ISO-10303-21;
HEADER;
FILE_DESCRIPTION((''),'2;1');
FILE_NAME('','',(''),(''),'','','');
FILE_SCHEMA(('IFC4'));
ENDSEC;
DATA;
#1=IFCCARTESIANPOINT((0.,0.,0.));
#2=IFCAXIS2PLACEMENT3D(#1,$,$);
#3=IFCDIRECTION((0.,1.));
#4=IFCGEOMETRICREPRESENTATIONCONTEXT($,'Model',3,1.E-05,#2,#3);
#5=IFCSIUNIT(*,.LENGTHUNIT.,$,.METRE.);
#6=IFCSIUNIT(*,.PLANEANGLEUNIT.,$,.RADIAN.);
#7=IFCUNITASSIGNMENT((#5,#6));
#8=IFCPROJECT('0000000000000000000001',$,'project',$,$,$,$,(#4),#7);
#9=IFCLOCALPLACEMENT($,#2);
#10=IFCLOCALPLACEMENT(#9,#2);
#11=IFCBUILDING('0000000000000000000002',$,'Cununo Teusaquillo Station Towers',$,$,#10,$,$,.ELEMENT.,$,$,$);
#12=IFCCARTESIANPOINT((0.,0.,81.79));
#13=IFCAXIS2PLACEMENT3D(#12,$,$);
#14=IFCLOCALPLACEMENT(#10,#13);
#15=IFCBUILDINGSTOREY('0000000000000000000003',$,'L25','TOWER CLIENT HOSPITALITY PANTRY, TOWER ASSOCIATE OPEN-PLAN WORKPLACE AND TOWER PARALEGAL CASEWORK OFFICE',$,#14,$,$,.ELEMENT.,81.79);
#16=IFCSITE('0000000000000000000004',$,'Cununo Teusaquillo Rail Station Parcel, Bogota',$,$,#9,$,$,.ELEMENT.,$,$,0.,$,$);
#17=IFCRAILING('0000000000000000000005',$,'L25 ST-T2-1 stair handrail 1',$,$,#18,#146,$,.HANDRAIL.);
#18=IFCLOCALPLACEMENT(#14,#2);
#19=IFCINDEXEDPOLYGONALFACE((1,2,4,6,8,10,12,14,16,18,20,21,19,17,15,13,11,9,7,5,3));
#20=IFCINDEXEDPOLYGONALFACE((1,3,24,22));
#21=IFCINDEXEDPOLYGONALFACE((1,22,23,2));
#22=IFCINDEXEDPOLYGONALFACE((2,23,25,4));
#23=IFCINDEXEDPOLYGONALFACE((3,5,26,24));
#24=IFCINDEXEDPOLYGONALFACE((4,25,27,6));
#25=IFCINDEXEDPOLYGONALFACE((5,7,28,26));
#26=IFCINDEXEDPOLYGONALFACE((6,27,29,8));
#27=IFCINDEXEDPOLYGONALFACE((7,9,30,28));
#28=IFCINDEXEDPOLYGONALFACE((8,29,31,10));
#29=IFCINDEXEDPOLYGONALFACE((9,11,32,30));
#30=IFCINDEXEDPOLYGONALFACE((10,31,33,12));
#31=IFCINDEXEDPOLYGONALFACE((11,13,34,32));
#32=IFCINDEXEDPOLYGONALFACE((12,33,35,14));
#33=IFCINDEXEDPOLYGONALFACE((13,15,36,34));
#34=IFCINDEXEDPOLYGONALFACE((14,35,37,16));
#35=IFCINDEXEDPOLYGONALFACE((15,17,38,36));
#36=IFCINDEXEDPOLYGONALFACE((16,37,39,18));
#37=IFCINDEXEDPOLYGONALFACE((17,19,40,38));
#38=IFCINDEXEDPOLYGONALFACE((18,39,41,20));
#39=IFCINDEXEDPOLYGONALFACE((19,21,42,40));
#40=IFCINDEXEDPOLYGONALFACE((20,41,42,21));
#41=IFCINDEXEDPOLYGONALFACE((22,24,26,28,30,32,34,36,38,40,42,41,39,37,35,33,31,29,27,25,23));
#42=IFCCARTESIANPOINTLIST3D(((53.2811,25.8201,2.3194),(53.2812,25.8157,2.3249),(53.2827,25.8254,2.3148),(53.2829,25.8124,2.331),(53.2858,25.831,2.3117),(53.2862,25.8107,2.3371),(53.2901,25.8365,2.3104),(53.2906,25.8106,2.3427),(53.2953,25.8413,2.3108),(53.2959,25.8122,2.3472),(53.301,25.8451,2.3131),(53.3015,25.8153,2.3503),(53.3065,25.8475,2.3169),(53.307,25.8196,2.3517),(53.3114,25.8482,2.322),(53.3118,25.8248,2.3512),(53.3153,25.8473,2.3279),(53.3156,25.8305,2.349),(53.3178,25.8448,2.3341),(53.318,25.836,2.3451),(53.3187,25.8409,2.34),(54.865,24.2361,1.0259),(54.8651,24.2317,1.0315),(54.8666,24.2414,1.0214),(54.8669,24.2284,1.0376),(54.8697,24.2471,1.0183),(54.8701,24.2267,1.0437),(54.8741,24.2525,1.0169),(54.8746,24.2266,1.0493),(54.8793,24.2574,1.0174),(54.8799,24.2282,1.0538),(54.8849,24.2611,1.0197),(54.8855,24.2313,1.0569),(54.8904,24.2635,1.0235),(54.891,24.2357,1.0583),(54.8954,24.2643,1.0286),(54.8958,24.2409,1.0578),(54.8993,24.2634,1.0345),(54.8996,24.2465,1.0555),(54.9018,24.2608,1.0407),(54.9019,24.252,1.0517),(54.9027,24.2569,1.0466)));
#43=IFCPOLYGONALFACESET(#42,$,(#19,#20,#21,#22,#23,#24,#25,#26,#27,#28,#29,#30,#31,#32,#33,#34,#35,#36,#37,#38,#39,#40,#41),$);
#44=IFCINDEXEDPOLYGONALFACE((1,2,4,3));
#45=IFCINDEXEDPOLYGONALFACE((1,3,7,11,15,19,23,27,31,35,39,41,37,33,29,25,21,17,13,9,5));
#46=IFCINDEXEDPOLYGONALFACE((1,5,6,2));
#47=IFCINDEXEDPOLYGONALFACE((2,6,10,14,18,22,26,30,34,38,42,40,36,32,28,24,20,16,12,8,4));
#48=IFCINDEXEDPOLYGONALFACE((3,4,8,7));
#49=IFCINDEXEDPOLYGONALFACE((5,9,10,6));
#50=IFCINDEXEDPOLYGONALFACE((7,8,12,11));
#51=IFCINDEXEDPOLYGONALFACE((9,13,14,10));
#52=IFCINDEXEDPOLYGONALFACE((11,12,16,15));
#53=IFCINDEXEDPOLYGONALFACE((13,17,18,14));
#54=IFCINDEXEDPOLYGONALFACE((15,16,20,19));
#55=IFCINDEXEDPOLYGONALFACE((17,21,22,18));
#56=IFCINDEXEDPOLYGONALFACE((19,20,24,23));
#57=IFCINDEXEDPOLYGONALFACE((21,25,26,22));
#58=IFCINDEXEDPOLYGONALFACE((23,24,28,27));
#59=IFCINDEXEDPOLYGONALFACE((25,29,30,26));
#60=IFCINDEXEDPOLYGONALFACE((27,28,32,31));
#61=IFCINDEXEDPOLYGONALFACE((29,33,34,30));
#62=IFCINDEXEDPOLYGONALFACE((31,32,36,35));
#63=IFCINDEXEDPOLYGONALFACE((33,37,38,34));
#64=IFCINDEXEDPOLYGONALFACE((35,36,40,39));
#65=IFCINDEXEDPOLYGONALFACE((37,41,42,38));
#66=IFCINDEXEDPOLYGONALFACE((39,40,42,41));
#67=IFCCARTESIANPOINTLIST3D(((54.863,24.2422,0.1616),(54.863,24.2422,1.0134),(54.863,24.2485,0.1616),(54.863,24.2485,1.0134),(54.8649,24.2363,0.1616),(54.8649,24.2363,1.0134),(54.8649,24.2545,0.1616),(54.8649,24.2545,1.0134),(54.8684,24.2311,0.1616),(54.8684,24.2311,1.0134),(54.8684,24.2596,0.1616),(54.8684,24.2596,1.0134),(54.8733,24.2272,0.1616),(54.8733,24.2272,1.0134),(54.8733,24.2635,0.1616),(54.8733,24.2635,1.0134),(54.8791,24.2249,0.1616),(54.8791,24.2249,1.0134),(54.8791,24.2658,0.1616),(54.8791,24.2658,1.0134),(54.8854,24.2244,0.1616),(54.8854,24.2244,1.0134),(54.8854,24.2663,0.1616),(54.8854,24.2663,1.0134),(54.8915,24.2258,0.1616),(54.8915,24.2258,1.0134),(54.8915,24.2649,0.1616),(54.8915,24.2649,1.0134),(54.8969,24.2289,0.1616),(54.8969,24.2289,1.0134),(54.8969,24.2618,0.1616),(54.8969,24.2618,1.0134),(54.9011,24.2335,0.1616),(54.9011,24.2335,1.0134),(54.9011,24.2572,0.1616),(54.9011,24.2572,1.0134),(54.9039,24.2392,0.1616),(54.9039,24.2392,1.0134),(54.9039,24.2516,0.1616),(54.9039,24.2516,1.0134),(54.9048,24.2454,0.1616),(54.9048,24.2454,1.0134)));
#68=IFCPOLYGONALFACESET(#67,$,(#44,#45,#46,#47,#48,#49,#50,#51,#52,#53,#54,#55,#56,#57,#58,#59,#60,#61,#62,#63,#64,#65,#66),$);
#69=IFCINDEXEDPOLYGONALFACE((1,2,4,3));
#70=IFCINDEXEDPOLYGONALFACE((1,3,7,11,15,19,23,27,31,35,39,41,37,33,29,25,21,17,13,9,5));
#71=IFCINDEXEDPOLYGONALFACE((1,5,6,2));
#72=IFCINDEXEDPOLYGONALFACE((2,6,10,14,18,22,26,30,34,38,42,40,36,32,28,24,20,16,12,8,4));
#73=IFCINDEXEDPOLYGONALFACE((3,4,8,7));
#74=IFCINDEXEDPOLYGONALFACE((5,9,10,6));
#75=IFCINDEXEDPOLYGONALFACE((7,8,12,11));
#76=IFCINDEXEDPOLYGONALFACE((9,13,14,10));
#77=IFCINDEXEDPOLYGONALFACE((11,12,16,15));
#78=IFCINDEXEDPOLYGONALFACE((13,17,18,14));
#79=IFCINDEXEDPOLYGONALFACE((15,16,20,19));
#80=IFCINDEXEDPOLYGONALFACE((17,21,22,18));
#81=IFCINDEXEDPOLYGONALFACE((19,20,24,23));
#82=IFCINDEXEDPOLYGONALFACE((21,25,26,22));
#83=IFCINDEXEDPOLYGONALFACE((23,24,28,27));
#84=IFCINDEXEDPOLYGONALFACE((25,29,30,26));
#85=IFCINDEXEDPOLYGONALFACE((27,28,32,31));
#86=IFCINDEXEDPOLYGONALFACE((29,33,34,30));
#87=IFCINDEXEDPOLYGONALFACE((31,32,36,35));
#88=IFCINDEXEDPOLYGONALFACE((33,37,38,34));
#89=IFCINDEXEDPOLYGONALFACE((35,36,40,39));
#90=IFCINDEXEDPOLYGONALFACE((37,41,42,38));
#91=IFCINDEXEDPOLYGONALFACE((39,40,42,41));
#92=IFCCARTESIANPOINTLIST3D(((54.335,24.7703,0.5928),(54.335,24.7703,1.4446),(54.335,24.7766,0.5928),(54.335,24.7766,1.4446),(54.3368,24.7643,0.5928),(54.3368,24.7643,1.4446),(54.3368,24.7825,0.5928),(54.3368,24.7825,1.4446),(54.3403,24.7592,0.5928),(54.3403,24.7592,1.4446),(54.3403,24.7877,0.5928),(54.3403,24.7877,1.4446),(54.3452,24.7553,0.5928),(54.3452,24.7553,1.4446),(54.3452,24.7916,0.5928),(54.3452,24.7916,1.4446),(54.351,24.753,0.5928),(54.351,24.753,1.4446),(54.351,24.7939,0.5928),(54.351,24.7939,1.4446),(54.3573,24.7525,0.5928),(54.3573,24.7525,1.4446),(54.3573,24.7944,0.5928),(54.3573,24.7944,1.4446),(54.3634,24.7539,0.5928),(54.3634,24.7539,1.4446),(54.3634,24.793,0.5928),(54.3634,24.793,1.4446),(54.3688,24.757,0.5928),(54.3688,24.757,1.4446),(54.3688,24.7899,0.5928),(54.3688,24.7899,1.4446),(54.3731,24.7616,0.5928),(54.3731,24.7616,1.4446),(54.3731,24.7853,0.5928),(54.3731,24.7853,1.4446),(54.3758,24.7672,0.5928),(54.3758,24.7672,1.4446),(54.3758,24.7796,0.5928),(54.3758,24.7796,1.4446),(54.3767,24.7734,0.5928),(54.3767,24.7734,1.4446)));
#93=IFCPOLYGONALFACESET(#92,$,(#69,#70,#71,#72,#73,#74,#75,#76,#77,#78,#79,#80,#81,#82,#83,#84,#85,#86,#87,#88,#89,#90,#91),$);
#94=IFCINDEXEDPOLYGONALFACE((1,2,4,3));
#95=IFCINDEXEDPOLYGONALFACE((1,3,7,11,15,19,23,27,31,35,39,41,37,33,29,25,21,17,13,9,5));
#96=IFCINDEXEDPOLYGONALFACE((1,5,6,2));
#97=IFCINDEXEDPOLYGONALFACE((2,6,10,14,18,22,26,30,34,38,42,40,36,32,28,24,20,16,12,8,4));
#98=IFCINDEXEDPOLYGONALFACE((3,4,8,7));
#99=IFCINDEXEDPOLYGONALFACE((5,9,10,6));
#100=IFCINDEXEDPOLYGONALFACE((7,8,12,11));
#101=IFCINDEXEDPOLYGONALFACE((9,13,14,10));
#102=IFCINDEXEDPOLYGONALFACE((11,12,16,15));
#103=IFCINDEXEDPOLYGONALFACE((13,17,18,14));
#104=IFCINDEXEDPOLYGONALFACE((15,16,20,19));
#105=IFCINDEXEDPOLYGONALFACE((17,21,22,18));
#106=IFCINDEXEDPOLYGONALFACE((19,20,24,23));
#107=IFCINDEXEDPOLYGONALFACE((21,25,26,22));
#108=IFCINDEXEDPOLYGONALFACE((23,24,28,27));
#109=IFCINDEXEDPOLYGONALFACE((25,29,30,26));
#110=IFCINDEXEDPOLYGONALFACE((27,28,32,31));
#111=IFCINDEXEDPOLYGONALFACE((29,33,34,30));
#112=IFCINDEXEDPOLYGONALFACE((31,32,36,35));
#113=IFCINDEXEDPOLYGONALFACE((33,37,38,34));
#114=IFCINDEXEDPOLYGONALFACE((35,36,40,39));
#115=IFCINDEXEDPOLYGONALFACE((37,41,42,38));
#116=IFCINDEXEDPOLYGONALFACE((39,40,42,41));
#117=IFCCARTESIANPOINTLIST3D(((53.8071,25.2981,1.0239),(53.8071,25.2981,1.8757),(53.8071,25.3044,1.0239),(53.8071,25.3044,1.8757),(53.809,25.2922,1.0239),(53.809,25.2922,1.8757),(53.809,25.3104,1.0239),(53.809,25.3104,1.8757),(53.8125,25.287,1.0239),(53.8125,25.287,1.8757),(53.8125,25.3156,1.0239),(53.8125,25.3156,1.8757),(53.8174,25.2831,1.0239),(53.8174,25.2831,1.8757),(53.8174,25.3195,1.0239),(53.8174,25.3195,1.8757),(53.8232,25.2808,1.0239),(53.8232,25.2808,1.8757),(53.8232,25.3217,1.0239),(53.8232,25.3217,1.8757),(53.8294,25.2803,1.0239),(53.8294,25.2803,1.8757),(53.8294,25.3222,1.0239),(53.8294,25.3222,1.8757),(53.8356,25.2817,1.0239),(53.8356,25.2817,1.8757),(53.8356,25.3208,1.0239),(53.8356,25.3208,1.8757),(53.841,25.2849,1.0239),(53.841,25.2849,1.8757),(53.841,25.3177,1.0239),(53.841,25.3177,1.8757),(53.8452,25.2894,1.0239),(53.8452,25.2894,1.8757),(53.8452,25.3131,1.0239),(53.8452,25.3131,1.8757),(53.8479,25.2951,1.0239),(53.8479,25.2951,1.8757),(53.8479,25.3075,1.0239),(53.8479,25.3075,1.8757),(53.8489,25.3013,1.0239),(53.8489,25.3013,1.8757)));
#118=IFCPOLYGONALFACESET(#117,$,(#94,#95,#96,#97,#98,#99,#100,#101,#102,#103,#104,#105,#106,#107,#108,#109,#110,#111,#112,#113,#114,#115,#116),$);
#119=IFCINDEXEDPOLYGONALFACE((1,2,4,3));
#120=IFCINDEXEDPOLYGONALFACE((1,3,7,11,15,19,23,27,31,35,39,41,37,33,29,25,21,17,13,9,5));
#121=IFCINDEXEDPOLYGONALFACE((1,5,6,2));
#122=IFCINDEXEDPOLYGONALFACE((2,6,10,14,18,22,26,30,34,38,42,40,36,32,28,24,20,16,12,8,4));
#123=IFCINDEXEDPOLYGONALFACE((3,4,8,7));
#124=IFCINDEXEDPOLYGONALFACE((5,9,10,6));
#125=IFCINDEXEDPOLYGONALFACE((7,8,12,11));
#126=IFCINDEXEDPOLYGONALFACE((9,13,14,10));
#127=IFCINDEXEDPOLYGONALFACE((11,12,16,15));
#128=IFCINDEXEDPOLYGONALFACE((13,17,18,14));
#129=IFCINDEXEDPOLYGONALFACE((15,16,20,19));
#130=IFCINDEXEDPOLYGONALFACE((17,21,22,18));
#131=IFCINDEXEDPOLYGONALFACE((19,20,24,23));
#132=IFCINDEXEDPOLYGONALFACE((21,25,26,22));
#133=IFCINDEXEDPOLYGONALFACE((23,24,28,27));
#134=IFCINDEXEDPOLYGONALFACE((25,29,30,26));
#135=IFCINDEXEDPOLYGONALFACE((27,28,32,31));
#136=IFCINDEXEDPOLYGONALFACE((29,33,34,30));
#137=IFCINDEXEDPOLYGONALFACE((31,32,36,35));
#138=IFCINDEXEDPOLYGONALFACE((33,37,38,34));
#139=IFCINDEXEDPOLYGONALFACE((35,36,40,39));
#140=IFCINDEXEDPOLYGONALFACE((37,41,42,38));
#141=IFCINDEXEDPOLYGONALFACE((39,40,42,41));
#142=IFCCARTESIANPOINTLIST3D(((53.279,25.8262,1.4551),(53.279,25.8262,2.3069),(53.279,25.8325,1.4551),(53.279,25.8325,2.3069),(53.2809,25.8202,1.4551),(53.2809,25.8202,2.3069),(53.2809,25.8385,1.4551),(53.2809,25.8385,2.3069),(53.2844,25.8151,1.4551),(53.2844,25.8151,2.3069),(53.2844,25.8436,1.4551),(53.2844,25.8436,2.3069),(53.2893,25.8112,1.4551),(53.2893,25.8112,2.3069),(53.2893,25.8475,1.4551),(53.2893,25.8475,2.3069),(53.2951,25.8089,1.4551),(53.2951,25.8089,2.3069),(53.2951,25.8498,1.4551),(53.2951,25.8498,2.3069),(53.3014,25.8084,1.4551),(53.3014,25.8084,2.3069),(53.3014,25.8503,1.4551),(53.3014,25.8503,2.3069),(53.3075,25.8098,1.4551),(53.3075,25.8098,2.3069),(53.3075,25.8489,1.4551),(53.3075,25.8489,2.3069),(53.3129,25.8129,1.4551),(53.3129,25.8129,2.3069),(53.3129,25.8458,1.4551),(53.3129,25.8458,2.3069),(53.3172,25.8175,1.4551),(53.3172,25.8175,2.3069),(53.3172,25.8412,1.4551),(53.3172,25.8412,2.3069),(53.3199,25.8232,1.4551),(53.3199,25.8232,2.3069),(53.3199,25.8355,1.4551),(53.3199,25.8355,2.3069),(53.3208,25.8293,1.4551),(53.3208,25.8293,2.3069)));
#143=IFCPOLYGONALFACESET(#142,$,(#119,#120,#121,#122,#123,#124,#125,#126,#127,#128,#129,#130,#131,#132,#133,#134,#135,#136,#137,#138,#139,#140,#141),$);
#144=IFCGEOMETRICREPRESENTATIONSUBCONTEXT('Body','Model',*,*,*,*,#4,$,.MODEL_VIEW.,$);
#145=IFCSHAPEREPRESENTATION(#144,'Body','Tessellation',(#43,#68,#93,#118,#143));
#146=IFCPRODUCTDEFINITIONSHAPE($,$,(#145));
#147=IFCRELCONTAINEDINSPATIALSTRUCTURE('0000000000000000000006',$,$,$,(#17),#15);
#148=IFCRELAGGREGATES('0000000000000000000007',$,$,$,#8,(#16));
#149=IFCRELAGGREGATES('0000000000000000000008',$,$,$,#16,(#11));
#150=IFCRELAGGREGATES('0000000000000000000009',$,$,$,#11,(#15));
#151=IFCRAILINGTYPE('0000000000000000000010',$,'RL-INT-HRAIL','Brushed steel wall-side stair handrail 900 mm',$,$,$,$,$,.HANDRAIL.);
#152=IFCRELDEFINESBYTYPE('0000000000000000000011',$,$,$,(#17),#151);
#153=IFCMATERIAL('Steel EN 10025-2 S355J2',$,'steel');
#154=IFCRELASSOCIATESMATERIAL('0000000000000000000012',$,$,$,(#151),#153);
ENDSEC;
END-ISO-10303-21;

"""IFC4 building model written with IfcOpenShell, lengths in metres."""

from ifc_helpers import new_model, si_unit, direction, frame, origin, origin_2d, place, context, subcontext, project, spatial, circle, extrude, material, type_object, element, save


model = new_model("IFC4")

# Units and contexts
model_context = context("Model", 3, precision=1e-05, world=origin(), true_north=direction((0.0, 1.0)))
body_context = subcontext(model_context, "Body", "Model", "MODEL_VIEW")
ifc_project = project(units=[si_unit("LENGTHUNIT", "METRE"), si_unit("PLANEANGLEUNIT", "RADIAN")], contexts=[model_context])

# Site, building, storey
site_placement = place(None, origin())
site = spatial("IfcSite", under=ifc_project, at=site_placement, Name="Cununo Teusaquillo Rail Station Parcel, Bogota", CompositionType="ELEMENT", RefElevation=0.0)
building_placement = place(site_placement, origin())
building = spatial("IfcBuilding", under=site, at=building_placement, Name="Cununo Teusaquillo Station Towers", CompositionType="ELEMENT")
storey_placement = place(building_placement, frame((0.0, 0.0, 81.79)))
storey = spatial("IfcBuildingStorey", under=building, at=storey_placement, Name="L25", Description="TOWER CLIENT HOSPITALITY PANTRY, TOWER ASSOCIATE OPEN-PLAN WORKPLACE AND TOWER PARALEGAL CASEWORK OFFICE", CompositionType="ELEMENT", Elevation=81.79)

# Railing
ifc_material_1 = material(Name="Steel EN 10025-2 S355J2", Category="steel")
railing_type_1 = type_object("IfcRailingType", Name="RL-INT-HRAIL", Description="Brushed steel wall-side stair handrail 900 mm", PredefinedType="HANDRAIL", material=ifc_material_1)
railing_1_placement = place(storey_placement, frame((54.8838, 24.2454, 0.1616)))
element("IfcRailing", 1, at=railing_1_placement, inside=storey, type_object=railing_type_1, Name="L25 ST-T2-1 stair handrail 1", PredefinedType="HANDRAIL", context=body_context, shape_type="SweptSolid", body=[
    extrude(circle(Radius=0.0239, at=origin_2d()), frame((0.0, 0.0, 0.876), z_axis=(-0.612356, 0.612356, 0.50004), x_axis=(-0.707107, -0.707107, 0.0)), (0.0, 0.0, 1.0), 2.5867),
    extrude(circle(Radius=0.021, at=origin_2d()), origin(), (0.0, 0.0, 1.0), 0.8518),
    extrude(circle(Radius=0.021, at=origin_2d()), frame((-0.5281, 0.5281, 0.4312)), (0.0, 0.0, 1.0), 0.8518),
    extrude(circle(Radius=0.021, at=origin_2d()), frame((-1.0559, 1.0559, 0.8623)), (0.0, 0.0, 1.0), 0.8518),
    extrude(circle(Radius=0.021, at=origin_2d()), frame((-1.584, 1.584, 1.2935)), (0.0, 0.0, 1.0), 0.8518),
])

save(model, "model.ifc")
